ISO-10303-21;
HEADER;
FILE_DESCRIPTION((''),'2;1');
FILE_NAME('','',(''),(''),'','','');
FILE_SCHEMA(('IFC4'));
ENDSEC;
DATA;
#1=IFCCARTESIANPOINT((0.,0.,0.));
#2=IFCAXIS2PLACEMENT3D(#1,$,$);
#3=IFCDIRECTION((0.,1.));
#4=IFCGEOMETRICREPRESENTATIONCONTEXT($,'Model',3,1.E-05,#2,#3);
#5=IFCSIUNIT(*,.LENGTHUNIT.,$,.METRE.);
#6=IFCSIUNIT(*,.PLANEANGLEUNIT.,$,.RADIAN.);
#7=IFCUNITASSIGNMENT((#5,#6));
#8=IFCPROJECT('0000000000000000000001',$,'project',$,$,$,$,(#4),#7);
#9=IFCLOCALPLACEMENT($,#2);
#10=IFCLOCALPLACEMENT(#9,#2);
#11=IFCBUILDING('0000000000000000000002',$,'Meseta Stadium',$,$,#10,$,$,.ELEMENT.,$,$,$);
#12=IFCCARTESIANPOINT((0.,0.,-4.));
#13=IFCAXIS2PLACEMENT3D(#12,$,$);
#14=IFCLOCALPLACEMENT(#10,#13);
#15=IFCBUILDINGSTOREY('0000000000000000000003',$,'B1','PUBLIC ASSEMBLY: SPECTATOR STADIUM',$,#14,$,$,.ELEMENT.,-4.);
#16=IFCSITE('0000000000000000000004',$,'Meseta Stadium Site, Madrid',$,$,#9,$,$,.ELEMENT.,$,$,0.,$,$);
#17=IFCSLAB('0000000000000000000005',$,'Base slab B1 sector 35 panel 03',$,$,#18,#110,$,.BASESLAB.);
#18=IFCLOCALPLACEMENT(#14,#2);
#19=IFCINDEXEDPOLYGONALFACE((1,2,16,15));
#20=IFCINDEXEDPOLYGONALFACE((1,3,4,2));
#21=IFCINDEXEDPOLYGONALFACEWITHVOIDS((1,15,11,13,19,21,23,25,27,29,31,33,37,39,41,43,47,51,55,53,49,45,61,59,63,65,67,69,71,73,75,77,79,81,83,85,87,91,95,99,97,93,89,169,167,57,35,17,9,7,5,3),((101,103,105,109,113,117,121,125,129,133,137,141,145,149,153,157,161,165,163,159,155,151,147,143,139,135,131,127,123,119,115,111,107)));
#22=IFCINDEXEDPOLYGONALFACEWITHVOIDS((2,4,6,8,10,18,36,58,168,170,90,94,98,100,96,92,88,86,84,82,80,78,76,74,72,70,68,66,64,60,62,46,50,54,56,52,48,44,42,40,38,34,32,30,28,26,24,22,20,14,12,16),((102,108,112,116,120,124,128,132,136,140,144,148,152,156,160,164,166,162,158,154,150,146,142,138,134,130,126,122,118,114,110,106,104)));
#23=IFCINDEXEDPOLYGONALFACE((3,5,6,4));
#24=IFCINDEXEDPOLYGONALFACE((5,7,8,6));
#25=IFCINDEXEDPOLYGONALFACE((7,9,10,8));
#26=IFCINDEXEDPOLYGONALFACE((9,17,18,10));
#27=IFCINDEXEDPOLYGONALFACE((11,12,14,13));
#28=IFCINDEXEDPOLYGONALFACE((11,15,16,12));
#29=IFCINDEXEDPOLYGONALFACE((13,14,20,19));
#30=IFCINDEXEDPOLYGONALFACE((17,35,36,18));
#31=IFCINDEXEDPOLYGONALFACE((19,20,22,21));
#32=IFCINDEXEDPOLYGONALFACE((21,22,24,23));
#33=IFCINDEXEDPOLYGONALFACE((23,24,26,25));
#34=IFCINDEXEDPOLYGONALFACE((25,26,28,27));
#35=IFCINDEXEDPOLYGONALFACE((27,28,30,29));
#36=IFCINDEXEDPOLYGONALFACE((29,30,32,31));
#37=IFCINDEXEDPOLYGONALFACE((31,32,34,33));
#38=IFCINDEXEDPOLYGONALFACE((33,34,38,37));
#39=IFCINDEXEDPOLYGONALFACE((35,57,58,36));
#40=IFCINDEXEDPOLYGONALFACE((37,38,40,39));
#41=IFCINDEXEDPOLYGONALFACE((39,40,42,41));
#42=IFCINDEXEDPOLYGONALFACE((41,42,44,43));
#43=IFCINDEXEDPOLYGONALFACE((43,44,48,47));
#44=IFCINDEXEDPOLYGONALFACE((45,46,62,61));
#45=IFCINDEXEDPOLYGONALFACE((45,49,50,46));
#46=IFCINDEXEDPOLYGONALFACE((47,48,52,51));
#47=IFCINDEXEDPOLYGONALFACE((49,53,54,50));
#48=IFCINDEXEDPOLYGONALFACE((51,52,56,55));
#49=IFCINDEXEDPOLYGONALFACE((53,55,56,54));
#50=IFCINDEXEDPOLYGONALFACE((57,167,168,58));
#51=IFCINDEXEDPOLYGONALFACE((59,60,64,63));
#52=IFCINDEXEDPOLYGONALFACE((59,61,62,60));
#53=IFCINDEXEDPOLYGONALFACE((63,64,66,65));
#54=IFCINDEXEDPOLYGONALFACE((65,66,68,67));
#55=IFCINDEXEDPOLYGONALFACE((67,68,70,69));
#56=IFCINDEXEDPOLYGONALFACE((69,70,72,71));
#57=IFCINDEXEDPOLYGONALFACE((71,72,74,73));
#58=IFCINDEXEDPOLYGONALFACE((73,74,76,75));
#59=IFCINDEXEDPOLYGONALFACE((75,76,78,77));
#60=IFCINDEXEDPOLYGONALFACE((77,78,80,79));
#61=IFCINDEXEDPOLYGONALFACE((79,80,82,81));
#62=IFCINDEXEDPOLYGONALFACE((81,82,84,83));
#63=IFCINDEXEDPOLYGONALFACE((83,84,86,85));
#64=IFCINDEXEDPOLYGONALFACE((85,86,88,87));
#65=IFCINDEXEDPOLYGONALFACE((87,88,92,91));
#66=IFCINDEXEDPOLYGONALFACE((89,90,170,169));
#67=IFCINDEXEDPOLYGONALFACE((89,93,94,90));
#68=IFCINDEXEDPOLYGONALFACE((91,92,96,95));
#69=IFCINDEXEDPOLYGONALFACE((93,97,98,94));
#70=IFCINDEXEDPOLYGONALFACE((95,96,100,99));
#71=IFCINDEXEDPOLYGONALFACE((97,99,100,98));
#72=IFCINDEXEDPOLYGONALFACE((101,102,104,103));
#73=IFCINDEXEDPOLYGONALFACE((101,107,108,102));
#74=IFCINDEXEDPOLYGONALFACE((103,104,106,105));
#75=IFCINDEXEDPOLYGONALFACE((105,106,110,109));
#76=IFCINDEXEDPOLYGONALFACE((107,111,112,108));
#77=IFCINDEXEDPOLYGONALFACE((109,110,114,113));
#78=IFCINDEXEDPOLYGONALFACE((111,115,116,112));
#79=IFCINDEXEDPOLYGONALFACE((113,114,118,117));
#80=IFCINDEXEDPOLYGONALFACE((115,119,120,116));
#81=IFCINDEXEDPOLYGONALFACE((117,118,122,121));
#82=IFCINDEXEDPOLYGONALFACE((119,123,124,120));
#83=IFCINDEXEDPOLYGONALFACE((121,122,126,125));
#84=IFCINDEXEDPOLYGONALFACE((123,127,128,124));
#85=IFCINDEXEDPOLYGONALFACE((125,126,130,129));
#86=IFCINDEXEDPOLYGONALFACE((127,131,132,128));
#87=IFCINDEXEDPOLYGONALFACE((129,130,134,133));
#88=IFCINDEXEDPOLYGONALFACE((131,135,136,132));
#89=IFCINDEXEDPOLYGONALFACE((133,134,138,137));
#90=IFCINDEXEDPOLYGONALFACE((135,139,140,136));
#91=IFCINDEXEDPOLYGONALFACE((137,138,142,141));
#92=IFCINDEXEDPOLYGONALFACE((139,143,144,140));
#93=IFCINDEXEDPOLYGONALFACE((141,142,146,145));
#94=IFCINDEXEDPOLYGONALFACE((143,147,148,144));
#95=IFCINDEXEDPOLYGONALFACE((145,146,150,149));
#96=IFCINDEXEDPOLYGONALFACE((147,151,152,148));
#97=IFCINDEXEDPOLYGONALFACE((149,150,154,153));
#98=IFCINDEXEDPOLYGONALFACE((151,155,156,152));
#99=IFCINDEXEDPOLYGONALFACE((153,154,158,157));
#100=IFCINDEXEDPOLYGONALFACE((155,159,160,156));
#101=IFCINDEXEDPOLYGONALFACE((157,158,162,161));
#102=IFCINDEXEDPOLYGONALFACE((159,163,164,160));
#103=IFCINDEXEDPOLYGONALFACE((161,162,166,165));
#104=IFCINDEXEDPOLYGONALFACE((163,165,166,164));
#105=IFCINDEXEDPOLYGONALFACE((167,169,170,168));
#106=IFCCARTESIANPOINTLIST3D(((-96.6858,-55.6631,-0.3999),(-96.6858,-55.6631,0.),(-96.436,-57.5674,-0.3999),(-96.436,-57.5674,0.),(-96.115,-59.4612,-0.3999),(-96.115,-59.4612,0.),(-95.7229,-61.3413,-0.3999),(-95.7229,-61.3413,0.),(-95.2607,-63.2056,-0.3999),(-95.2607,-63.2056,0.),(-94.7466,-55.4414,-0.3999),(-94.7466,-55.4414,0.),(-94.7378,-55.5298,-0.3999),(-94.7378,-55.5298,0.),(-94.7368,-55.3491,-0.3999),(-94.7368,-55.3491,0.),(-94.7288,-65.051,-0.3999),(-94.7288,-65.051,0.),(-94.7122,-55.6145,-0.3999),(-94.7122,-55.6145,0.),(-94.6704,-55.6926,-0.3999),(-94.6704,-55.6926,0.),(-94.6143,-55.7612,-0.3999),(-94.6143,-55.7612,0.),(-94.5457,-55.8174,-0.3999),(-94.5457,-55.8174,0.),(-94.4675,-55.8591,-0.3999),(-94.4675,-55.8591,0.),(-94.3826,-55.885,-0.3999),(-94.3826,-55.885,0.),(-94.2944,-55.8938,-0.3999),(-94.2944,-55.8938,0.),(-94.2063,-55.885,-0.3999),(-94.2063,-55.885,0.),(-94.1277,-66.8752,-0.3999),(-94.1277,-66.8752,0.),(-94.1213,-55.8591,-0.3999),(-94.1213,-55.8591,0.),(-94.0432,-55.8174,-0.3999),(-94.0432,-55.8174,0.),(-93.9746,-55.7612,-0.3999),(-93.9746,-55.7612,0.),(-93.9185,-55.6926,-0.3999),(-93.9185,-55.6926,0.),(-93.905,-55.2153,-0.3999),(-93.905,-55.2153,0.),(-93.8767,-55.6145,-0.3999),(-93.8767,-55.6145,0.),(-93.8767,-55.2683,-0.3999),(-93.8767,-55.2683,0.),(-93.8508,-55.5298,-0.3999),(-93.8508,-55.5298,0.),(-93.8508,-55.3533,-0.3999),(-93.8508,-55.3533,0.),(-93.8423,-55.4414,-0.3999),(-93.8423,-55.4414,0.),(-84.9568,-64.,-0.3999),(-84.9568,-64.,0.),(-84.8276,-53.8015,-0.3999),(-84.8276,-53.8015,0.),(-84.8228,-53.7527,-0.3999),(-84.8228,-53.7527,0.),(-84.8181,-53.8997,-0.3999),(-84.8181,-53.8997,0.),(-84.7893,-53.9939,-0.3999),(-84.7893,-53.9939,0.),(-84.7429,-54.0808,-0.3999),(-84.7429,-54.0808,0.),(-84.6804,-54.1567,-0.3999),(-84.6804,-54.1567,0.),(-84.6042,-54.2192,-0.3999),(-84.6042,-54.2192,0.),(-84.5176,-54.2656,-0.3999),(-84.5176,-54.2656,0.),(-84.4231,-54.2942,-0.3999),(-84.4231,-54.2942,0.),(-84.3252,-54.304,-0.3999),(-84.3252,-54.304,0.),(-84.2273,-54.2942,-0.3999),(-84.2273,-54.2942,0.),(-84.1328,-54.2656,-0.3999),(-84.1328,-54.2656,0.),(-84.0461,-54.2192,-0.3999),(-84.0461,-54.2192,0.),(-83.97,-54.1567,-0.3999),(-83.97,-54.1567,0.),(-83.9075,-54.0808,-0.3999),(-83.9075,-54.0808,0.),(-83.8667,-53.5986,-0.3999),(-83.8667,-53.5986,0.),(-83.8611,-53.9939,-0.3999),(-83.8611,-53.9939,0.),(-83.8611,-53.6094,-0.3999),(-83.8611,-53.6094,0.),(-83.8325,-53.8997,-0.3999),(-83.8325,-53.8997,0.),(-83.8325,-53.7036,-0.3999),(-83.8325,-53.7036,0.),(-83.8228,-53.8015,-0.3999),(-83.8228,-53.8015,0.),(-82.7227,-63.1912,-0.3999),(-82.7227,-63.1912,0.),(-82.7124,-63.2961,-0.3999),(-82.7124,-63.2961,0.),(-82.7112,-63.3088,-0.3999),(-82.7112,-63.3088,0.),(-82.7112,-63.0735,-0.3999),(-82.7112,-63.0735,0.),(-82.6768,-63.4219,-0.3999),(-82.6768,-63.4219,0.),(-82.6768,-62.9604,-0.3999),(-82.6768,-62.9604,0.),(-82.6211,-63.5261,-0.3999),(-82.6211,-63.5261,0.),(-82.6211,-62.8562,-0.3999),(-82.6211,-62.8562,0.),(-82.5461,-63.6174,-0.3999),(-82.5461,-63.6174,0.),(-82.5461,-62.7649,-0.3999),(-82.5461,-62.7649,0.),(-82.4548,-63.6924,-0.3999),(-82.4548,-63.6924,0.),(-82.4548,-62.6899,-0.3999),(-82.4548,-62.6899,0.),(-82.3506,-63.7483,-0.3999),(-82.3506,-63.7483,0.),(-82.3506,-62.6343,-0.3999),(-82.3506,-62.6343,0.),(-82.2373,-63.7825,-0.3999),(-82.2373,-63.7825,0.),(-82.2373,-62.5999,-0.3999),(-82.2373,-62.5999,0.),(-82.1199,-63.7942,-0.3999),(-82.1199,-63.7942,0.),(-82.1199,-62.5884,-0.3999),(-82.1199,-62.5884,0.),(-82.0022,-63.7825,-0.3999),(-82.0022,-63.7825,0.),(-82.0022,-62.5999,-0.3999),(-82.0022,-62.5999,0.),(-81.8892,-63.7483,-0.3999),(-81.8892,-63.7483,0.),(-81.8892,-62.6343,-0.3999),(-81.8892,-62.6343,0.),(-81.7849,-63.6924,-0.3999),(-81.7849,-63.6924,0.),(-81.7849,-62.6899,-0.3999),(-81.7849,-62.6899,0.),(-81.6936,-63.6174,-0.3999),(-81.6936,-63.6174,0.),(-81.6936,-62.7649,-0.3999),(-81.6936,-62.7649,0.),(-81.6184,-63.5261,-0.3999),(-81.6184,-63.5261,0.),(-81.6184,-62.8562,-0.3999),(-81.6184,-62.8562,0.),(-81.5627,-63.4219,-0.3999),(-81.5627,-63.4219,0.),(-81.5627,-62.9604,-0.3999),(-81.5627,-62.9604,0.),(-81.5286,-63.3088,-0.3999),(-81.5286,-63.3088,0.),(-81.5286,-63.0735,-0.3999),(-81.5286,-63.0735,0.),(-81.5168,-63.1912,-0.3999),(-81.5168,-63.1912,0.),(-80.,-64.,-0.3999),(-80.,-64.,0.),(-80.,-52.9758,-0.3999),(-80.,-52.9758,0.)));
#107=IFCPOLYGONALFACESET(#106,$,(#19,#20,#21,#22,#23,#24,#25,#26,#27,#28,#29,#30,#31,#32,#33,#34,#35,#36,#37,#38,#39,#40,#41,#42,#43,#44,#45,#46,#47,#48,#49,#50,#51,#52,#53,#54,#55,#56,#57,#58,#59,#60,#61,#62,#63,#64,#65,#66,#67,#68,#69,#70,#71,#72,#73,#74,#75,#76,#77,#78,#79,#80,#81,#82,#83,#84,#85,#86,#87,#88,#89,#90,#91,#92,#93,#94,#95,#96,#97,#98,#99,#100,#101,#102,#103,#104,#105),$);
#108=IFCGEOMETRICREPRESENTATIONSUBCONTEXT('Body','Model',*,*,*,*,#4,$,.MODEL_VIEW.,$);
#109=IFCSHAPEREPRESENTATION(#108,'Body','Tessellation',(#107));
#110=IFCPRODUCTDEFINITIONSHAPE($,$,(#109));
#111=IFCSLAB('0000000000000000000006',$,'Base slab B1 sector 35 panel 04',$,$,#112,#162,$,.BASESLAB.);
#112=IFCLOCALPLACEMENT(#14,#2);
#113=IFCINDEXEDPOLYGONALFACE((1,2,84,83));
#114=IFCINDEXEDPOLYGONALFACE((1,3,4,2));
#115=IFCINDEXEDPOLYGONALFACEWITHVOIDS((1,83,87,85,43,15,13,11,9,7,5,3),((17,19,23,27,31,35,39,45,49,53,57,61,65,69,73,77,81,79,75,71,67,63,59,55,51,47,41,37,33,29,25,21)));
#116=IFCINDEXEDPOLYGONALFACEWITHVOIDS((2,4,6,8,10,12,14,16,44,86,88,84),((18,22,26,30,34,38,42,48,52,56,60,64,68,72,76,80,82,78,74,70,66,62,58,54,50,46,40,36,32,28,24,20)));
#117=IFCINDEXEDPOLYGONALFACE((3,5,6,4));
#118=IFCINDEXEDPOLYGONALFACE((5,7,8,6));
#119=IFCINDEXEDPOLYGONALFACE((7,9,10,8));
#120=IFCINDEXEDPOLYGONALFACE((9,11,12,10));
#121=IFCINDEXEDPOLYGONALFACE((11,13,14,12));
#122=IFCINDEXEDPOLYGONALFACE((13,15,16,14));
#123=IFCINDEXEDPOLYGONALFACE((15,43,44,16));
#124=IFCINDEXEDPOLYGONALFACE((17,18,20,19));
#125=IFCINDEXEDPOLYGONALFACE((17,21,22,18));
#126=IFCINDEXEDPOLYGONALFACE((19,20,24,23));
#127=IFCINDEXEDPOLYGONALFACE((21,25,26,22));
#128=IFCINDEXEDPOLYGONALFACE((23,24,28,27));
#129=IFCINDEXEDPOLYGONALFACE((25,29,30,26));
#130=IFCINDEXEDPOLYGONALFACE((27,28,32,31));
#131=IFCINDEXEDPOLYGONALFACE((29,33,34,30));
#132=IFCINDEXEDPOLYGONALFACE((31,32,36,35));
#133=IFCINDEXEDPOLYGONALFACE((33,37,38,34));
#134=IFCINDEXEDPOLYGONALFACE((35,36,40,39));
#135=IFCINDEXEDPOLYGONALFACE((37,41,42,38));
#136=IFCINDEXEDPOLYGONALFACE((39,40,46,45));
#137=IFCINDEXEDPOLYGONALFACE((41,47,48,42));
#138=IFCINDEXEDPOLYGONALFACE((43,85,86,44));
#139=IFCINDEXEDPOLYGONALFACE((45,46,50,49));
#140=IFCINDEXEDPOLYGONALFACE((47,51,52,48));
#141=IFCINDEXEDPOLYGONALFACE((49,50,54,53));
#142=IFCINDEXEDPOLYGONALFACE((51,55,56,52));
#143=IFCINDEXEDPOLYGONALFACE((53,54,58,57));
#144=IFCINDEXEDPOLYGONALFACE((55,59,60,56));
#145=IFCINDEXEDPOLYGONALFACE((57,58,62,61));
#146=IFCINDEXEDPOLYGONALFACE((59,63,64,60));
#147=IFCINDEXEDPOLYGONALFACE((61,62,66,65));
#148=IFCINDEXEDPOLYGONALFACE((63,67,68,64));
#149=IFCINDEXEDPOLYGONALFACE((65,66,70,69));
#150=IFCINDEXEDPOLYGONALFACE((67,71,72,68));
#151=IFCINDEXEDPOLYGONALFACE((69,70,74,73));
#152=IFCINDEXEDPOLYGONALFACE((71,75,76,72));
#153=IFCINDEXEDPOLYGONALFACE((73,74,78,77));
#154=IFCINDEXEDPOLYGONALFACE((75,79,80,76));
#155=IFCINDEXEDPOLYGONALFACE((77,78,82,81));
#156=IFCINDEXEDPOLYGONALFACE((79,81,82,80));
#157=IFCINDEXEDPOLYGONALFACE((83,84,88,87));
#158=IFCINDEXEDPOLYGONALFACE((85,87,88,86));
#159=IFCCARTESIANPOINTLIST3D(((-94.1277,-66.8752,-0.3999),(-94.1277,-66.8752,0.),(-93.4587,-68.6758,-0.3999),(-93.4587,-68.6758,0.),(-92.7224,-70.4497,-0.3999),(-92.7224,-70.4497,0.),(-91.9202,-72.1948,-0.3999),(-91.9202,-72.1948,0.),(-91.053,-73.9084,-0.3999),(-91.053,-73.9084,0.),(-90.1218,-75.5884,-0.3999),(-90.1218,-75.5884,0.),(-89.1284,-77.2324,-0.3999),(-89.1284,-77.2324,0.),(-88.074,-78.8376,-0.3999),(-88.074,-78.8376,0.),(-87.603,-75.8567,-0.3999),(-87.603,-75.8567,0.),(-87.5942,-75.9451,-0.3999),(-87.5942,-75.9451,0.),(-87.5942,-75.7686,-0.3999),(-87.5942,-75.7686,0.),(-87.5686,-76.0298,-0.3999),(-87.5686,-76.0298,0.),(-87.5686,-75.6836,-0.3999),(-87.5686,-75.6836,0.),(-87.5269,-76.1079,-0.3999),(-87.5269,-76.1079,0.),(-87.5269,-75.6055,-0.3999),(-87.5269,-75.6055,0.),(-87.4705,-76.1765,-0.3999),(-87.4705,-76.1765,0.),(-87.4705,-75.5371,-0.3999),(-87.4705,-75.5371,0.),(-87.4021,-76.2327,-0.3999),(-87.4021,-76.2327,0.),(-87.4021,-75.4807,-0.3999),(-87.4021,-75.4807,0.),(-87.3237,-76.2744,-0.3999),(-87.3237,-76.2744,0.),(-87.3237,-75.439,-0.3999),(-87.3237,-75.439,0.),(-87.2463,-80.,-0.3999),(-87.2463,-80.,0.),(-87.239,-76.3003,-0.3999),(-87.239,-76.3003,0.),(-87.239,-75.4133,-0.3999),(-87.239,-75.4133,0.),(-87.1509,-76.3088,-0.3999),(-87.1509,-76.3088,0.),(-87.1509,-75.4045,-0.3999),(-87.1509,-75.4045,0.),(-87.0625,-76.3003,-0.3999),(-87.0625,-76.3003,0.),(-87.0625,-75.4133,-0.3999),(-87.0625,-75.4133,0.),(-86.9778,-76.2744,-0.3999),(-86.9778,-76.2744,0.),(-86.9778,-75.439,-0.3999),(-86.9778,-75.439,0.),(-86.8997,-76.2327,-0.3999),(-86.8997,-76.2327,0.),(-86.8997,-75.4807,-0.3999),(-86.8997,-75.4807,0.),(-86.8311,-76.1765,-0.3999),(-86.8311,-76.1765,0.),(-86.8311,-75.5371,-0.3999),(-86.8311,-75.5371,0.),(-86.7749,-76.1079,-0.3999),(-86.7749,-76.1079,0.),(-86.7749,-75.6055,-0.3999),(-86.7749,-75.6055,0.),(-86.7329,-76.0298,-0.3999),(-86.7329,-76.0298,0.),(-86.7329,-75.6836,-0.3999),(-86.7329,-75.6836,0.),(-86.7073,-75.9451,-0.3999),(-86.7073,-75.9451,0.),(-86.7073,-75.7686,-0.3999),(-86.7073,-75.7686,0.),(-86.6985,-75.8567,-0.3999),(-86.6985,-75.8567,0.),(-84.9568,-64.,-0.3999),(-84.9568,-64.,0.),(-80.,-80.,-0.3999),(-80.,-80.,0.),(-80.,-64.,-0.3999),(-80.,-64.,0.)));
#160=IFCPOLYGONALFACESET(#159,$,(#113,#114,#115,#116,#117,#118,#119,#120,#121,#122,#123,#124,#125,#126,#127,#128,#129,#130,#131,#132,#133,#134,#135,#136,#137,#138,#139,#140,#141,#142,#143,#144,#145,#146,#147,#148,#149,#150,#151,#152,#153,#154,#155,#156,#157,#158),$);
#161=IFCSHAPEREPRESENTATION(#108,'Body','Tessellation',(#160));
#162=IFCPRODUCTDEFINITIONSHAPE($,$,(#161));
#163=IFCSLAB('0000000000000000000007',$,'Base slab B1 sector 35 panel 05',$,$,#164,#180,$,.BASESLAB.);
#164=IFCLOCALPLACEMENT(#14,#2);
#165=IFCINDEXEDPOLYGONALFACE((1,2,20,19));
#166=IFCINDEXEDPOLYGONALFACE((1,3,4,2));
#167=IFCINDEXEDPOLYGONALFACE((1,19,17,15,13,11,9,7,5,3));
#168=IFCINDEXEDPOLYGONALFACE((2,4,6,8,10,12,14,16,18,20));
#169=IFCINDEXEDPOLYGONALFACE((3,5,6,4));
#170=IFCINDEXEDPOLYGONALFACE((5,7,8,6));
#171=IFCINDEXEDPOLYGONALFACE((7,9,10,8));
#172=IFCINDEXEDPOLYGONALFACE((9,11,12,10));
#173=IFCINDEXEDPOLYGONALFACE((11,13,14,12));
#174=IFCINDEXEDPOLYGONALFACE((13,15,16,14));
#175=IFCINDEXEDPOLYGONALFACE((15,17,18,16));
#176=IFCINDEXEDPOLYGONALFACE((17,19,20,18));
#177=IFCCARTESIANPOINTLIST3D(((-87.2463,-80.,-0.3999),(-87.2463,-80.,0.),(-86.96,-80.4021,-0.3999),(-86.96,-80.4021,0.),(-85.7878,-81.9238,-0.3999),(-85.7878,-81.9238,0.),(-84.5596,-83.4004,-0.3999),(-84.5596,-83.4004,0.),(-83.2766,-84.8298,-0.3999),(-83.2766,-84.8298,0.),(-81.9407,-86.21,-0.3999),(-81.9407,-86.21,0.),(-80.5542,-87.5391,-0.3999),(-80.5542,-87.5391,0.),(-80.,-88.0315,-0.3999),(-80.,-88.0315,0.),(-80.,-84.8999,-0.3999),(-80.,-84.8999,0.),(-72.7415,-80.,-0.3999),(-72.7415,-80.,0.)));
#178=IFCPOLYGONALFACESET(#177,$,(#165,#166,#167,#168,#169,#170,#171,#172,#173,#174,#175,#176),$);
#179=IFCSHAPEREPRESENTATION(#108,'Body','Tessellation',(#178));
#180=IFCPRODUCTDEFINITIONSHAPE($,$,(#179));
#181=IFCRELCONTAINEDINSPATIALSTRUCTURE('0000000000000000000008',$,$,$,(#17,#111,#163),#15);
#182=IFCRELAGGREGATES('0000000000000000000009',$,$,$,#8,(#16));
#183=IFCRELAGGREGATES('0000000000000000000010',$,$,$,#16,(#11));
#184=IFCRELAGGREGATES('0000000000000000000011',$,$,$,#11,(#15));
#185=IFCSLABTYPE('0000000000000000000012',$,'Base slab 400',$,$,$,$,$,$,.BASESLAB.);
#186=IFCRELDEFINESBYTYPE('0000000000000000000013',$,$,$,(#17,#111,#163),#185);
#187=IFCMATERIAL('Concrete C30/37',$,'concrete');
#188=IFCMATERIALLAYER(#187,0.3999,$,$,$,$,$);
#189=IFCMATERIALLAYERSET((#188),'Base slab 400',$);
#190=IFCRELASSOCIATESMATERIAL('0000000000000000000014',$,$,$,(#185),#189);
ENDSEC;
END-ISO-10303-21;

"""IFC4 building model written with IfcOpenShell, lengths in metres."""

from ifc_helpers import new_model, si_unit, direction, frame, origin, place, context, subcontext, project, spatial, polyline, outline, extrude, material, layer, layer_set, type_object, element, save


model = new_model("IFC4")

# Units and contexts
model_context = context("Model", 3, precision=1e-05, world=origin(), true_north=direction((0.0, 1.0)))
body_context = subcontext(model_context, "Body", "Model", "MODEL_VIEW")
ifc_project = project(units=[si_unit("LENGTHUNIT", "METRE"), si_unit("PLANEANGLEUNIT", "RADIAN")], contexts=[model_context])

# Site, building, storey
site_placement = place(None, origin())
site = spatial("IfcSite", under=ifc_project, at=site_placement, Name="Meseta Stadium Site, Madrid", CompositionType="ELEMENT", RefElevation=0.0)
building_placement = place(site_placement, origin())
building = spatial("IfcBuilding", under=site, at=building_placement, Name="Meseta Stadium", CompositionType="ELEMENT")
storey_placement = place(building_placement, frame((0.0, 0.0, -4.0)))
storey = spatial("IfcBuildingStorey", under=building, at=storey_placement, Name="B1", Description="PUBLIC ASSEMBLY: SPECTATOR STADIUM", CompositionType="ELEMENT", Elevation=-4.0)

# Slabs
ifc_material = material(Name="Concrete C30/37", Category="concrete")
ifc_layer = layer(ifc_material, 0.3999)
ifc_layer_set = layer_set([ifc_layer], Name="Base slab 400")
slab_type = type_object("IfcSlabType", Name="Base slab 400", PredefinedType="BASESLAB", material=ifc_layer_set)
slab_1_placement = place(storey_placement, frame((0.0, 0.0, -0.3999)))
element("IfcSlab", 1, at=slab_1_placement, inside=storey, type_object=slab_type, Name="Base slab B1 sector 35 panel 03", PredefinedType="BASESLAB", context=body_context, shape_type="SweptSolid", body=[
    extrude(outline(polyline([(-94.6704, -55.6926), (-94.7122, -55.6145), (-94.7378, -55.5298), (-94.7466, -55.4414), (-94.7368, -55.3491), (-96.6858, -55.6631), (-96.436, -57.5674), (-96.115, -59.4612), (-95.7229, -61.3413), (-95.2607, -63.2056), (-94.7288, -65.051), (-94.1277, -66.8752), (-84.9568, -64.0), (-80.0, -64.0), (-80.0, -52.9758), (-83.8667, -53.5986), (-83.8611, -53.6094), (-83.8325, -53.7036), (-83.8228, -53.8015), (-83.8325, -53.8997), (-83.8611, -53.9939), (-83.9075, -54.0808), (-83.97, -54.1567), (-84.0461, -54.2192), (-84.1328, -54.2656), (-84.2273, -54.2942), (-84.3252, -54.304), (-84.4231, -54.2942), (-84.5176, -54.2656), (-84.6042, -54.2192), (-84.6804, -54.1567), (-84.7429, -54.0808), (-84.7893, -53.9939), (-84.8181, -53.8997), (-84.8276, -53.8015), (-84.8228, -53.7527), (-93.905, -55.2153), (-93.8767, -55.2683), (-93.8508, -55.3533), (-93.8423, -55.4414), (-93.8508, -55.5298), (-93.8767, -55.6145), (-93.9185, -55.6926), (-93.9746, -55.7612), (-94.0432, -55.8174), (-94.1213, -55.8591), (-94.2063, -55.885), (-94.2944, -55.8938), (-94.3826, -55.885), (-94.4675, -55.8591), (-94.5457, -55.8174), (-94.6143, -55.7612), (-94.6704, -55.6926)]), holes=[polyline([(-82.6768, -63.4219), (-82.7112, -63.3088), (-82.7124, -63.2961), (-82.7227, -63.1912), (-82.7112, -63.0735), (-82.6768, -62.9604), (-82.6211, -62.8562), (-82.5461, -62.7649), (-82.4548, -62.6899), (-82.3506, -62.6343), (-82.2373, -62.5999), (-82.1199, -62.5884), (-82.0022, -62.5999), (-81.8892, -62.6343), (-81.7849, -62.6899), (-81.6936, -62.7649), (-81.6184, -62.8562), (-81.5627, -62.9604), (-81.5286, -63.0735), (-81.5168, -63.1912), (-81.5286, -63.3088), (-81.5627, -63.4219), (-81.6184, -63.5261), (-81.6936, -63.6174), (-81.7849, -63.6924), (-81.8892, -63.7483), (-82.0022, -63.7825), (-82.1199, -63.7942), (-82.2373, -63.7825), (-82.3506, -63.7483), (-82.4548, -63.6924), (-82.5461, -63.6174), (-82.6211, -63.5261), (-82.6768, -63.4219)])]), origin(), (0.0, 0.0, 1.0), 0.3999),
])
slab_2_placement = place(storey_placement, frame((0.0, 0.0, -0.3999)))
element("IfcSlab", 2, at=slab_2_placement, inside=storey, type_object=slab_type, Name="Base slab B1 sector 35 panel 04", PredefinedType="BASESLAB", context=body_context, shape_type="SweptSolid", body=[
    extrude(outline(polyline([(-92.7224, -70.4497), (-91.9202, -72.1948), (-91.053, -73.9084), (-90.1218, -75.5884), (-89.1284, -77.2324), (-88.074, -78.8376), (-87.2463, -80.0), (-80.0, -80.0), (-80.0, -64.0), (-84.9568, -64.0), (-94.1277, -66.8752), (-93.4587, -68.6758), (-92.7224, -70.4497)]), holes=[polyline([(-86.7073, -75.9451), (-86.7329, -76.0298), (-86.7749, -76.1079), (-86.8311, -76.1765), (-86.8997, -76.2327), (-86.9778, -76.2744), (-87.0625, -76.3003), (-87.1509, -76.3088), (-87.239, -76.3003), (-87.3237, -76.2744), (-87.4021, -76.2327), (-87.4705, -76.1765), (-87.5269, -76.1079), (-87.5686, -76.0298), (-87.5942, -75.9451), (-87.603, -75.8567), (-87.5942, -75.7686), (-87.5686, -75.6836), (-87.5269, -75.6055), (-87.4705, -75.5371), (-87.4021, -75.4807), (-87.3237, -75.439), (-87.239, -75.4133), (-87.1509, -75.4045), (-87.0625, -75.4133), (-86.9778, -75.439), (-86.8997, -75.4807), (-86.8311, -75.5371), (-86.7749, -75.6055), (-86.7329, -75.6836), (-86.7073, -75.7686), (-86.6985, -75.8567), (-86.7073, -75.9451)])]), origin(), (0.0, 0.0, 1.0), 0.3999),
])
slab_3_placement = place(storey_placement, frame((0.0, 0.0, -0.3999)))
element("IfcSlab", 3, at=slab_3_placement, inside=storey, type_object=slab_type, Name="Base slab B1 sector 35 panel 05", PredefinedType="BASESLAB", context=body_context, shape_type="SweptSolid", body=[
    extrude(outline(polyline([(-87.2463, -80.0), (-86.96, -80.4021), (-85.7878, -81.9238), (-84.5596, -83.4004), (-83.2766, -84.8298), (-81.9407, -86.21), (-80.5542, -87.5391), (-80.0, -88.0315), (-80.0, -84.8999), (-72.7415, -80.0), (-87.2463, -80.0)])), origin(), (0.0, 0.0, 1.0), 0.3999),
])

save(model, "model.ifc")
